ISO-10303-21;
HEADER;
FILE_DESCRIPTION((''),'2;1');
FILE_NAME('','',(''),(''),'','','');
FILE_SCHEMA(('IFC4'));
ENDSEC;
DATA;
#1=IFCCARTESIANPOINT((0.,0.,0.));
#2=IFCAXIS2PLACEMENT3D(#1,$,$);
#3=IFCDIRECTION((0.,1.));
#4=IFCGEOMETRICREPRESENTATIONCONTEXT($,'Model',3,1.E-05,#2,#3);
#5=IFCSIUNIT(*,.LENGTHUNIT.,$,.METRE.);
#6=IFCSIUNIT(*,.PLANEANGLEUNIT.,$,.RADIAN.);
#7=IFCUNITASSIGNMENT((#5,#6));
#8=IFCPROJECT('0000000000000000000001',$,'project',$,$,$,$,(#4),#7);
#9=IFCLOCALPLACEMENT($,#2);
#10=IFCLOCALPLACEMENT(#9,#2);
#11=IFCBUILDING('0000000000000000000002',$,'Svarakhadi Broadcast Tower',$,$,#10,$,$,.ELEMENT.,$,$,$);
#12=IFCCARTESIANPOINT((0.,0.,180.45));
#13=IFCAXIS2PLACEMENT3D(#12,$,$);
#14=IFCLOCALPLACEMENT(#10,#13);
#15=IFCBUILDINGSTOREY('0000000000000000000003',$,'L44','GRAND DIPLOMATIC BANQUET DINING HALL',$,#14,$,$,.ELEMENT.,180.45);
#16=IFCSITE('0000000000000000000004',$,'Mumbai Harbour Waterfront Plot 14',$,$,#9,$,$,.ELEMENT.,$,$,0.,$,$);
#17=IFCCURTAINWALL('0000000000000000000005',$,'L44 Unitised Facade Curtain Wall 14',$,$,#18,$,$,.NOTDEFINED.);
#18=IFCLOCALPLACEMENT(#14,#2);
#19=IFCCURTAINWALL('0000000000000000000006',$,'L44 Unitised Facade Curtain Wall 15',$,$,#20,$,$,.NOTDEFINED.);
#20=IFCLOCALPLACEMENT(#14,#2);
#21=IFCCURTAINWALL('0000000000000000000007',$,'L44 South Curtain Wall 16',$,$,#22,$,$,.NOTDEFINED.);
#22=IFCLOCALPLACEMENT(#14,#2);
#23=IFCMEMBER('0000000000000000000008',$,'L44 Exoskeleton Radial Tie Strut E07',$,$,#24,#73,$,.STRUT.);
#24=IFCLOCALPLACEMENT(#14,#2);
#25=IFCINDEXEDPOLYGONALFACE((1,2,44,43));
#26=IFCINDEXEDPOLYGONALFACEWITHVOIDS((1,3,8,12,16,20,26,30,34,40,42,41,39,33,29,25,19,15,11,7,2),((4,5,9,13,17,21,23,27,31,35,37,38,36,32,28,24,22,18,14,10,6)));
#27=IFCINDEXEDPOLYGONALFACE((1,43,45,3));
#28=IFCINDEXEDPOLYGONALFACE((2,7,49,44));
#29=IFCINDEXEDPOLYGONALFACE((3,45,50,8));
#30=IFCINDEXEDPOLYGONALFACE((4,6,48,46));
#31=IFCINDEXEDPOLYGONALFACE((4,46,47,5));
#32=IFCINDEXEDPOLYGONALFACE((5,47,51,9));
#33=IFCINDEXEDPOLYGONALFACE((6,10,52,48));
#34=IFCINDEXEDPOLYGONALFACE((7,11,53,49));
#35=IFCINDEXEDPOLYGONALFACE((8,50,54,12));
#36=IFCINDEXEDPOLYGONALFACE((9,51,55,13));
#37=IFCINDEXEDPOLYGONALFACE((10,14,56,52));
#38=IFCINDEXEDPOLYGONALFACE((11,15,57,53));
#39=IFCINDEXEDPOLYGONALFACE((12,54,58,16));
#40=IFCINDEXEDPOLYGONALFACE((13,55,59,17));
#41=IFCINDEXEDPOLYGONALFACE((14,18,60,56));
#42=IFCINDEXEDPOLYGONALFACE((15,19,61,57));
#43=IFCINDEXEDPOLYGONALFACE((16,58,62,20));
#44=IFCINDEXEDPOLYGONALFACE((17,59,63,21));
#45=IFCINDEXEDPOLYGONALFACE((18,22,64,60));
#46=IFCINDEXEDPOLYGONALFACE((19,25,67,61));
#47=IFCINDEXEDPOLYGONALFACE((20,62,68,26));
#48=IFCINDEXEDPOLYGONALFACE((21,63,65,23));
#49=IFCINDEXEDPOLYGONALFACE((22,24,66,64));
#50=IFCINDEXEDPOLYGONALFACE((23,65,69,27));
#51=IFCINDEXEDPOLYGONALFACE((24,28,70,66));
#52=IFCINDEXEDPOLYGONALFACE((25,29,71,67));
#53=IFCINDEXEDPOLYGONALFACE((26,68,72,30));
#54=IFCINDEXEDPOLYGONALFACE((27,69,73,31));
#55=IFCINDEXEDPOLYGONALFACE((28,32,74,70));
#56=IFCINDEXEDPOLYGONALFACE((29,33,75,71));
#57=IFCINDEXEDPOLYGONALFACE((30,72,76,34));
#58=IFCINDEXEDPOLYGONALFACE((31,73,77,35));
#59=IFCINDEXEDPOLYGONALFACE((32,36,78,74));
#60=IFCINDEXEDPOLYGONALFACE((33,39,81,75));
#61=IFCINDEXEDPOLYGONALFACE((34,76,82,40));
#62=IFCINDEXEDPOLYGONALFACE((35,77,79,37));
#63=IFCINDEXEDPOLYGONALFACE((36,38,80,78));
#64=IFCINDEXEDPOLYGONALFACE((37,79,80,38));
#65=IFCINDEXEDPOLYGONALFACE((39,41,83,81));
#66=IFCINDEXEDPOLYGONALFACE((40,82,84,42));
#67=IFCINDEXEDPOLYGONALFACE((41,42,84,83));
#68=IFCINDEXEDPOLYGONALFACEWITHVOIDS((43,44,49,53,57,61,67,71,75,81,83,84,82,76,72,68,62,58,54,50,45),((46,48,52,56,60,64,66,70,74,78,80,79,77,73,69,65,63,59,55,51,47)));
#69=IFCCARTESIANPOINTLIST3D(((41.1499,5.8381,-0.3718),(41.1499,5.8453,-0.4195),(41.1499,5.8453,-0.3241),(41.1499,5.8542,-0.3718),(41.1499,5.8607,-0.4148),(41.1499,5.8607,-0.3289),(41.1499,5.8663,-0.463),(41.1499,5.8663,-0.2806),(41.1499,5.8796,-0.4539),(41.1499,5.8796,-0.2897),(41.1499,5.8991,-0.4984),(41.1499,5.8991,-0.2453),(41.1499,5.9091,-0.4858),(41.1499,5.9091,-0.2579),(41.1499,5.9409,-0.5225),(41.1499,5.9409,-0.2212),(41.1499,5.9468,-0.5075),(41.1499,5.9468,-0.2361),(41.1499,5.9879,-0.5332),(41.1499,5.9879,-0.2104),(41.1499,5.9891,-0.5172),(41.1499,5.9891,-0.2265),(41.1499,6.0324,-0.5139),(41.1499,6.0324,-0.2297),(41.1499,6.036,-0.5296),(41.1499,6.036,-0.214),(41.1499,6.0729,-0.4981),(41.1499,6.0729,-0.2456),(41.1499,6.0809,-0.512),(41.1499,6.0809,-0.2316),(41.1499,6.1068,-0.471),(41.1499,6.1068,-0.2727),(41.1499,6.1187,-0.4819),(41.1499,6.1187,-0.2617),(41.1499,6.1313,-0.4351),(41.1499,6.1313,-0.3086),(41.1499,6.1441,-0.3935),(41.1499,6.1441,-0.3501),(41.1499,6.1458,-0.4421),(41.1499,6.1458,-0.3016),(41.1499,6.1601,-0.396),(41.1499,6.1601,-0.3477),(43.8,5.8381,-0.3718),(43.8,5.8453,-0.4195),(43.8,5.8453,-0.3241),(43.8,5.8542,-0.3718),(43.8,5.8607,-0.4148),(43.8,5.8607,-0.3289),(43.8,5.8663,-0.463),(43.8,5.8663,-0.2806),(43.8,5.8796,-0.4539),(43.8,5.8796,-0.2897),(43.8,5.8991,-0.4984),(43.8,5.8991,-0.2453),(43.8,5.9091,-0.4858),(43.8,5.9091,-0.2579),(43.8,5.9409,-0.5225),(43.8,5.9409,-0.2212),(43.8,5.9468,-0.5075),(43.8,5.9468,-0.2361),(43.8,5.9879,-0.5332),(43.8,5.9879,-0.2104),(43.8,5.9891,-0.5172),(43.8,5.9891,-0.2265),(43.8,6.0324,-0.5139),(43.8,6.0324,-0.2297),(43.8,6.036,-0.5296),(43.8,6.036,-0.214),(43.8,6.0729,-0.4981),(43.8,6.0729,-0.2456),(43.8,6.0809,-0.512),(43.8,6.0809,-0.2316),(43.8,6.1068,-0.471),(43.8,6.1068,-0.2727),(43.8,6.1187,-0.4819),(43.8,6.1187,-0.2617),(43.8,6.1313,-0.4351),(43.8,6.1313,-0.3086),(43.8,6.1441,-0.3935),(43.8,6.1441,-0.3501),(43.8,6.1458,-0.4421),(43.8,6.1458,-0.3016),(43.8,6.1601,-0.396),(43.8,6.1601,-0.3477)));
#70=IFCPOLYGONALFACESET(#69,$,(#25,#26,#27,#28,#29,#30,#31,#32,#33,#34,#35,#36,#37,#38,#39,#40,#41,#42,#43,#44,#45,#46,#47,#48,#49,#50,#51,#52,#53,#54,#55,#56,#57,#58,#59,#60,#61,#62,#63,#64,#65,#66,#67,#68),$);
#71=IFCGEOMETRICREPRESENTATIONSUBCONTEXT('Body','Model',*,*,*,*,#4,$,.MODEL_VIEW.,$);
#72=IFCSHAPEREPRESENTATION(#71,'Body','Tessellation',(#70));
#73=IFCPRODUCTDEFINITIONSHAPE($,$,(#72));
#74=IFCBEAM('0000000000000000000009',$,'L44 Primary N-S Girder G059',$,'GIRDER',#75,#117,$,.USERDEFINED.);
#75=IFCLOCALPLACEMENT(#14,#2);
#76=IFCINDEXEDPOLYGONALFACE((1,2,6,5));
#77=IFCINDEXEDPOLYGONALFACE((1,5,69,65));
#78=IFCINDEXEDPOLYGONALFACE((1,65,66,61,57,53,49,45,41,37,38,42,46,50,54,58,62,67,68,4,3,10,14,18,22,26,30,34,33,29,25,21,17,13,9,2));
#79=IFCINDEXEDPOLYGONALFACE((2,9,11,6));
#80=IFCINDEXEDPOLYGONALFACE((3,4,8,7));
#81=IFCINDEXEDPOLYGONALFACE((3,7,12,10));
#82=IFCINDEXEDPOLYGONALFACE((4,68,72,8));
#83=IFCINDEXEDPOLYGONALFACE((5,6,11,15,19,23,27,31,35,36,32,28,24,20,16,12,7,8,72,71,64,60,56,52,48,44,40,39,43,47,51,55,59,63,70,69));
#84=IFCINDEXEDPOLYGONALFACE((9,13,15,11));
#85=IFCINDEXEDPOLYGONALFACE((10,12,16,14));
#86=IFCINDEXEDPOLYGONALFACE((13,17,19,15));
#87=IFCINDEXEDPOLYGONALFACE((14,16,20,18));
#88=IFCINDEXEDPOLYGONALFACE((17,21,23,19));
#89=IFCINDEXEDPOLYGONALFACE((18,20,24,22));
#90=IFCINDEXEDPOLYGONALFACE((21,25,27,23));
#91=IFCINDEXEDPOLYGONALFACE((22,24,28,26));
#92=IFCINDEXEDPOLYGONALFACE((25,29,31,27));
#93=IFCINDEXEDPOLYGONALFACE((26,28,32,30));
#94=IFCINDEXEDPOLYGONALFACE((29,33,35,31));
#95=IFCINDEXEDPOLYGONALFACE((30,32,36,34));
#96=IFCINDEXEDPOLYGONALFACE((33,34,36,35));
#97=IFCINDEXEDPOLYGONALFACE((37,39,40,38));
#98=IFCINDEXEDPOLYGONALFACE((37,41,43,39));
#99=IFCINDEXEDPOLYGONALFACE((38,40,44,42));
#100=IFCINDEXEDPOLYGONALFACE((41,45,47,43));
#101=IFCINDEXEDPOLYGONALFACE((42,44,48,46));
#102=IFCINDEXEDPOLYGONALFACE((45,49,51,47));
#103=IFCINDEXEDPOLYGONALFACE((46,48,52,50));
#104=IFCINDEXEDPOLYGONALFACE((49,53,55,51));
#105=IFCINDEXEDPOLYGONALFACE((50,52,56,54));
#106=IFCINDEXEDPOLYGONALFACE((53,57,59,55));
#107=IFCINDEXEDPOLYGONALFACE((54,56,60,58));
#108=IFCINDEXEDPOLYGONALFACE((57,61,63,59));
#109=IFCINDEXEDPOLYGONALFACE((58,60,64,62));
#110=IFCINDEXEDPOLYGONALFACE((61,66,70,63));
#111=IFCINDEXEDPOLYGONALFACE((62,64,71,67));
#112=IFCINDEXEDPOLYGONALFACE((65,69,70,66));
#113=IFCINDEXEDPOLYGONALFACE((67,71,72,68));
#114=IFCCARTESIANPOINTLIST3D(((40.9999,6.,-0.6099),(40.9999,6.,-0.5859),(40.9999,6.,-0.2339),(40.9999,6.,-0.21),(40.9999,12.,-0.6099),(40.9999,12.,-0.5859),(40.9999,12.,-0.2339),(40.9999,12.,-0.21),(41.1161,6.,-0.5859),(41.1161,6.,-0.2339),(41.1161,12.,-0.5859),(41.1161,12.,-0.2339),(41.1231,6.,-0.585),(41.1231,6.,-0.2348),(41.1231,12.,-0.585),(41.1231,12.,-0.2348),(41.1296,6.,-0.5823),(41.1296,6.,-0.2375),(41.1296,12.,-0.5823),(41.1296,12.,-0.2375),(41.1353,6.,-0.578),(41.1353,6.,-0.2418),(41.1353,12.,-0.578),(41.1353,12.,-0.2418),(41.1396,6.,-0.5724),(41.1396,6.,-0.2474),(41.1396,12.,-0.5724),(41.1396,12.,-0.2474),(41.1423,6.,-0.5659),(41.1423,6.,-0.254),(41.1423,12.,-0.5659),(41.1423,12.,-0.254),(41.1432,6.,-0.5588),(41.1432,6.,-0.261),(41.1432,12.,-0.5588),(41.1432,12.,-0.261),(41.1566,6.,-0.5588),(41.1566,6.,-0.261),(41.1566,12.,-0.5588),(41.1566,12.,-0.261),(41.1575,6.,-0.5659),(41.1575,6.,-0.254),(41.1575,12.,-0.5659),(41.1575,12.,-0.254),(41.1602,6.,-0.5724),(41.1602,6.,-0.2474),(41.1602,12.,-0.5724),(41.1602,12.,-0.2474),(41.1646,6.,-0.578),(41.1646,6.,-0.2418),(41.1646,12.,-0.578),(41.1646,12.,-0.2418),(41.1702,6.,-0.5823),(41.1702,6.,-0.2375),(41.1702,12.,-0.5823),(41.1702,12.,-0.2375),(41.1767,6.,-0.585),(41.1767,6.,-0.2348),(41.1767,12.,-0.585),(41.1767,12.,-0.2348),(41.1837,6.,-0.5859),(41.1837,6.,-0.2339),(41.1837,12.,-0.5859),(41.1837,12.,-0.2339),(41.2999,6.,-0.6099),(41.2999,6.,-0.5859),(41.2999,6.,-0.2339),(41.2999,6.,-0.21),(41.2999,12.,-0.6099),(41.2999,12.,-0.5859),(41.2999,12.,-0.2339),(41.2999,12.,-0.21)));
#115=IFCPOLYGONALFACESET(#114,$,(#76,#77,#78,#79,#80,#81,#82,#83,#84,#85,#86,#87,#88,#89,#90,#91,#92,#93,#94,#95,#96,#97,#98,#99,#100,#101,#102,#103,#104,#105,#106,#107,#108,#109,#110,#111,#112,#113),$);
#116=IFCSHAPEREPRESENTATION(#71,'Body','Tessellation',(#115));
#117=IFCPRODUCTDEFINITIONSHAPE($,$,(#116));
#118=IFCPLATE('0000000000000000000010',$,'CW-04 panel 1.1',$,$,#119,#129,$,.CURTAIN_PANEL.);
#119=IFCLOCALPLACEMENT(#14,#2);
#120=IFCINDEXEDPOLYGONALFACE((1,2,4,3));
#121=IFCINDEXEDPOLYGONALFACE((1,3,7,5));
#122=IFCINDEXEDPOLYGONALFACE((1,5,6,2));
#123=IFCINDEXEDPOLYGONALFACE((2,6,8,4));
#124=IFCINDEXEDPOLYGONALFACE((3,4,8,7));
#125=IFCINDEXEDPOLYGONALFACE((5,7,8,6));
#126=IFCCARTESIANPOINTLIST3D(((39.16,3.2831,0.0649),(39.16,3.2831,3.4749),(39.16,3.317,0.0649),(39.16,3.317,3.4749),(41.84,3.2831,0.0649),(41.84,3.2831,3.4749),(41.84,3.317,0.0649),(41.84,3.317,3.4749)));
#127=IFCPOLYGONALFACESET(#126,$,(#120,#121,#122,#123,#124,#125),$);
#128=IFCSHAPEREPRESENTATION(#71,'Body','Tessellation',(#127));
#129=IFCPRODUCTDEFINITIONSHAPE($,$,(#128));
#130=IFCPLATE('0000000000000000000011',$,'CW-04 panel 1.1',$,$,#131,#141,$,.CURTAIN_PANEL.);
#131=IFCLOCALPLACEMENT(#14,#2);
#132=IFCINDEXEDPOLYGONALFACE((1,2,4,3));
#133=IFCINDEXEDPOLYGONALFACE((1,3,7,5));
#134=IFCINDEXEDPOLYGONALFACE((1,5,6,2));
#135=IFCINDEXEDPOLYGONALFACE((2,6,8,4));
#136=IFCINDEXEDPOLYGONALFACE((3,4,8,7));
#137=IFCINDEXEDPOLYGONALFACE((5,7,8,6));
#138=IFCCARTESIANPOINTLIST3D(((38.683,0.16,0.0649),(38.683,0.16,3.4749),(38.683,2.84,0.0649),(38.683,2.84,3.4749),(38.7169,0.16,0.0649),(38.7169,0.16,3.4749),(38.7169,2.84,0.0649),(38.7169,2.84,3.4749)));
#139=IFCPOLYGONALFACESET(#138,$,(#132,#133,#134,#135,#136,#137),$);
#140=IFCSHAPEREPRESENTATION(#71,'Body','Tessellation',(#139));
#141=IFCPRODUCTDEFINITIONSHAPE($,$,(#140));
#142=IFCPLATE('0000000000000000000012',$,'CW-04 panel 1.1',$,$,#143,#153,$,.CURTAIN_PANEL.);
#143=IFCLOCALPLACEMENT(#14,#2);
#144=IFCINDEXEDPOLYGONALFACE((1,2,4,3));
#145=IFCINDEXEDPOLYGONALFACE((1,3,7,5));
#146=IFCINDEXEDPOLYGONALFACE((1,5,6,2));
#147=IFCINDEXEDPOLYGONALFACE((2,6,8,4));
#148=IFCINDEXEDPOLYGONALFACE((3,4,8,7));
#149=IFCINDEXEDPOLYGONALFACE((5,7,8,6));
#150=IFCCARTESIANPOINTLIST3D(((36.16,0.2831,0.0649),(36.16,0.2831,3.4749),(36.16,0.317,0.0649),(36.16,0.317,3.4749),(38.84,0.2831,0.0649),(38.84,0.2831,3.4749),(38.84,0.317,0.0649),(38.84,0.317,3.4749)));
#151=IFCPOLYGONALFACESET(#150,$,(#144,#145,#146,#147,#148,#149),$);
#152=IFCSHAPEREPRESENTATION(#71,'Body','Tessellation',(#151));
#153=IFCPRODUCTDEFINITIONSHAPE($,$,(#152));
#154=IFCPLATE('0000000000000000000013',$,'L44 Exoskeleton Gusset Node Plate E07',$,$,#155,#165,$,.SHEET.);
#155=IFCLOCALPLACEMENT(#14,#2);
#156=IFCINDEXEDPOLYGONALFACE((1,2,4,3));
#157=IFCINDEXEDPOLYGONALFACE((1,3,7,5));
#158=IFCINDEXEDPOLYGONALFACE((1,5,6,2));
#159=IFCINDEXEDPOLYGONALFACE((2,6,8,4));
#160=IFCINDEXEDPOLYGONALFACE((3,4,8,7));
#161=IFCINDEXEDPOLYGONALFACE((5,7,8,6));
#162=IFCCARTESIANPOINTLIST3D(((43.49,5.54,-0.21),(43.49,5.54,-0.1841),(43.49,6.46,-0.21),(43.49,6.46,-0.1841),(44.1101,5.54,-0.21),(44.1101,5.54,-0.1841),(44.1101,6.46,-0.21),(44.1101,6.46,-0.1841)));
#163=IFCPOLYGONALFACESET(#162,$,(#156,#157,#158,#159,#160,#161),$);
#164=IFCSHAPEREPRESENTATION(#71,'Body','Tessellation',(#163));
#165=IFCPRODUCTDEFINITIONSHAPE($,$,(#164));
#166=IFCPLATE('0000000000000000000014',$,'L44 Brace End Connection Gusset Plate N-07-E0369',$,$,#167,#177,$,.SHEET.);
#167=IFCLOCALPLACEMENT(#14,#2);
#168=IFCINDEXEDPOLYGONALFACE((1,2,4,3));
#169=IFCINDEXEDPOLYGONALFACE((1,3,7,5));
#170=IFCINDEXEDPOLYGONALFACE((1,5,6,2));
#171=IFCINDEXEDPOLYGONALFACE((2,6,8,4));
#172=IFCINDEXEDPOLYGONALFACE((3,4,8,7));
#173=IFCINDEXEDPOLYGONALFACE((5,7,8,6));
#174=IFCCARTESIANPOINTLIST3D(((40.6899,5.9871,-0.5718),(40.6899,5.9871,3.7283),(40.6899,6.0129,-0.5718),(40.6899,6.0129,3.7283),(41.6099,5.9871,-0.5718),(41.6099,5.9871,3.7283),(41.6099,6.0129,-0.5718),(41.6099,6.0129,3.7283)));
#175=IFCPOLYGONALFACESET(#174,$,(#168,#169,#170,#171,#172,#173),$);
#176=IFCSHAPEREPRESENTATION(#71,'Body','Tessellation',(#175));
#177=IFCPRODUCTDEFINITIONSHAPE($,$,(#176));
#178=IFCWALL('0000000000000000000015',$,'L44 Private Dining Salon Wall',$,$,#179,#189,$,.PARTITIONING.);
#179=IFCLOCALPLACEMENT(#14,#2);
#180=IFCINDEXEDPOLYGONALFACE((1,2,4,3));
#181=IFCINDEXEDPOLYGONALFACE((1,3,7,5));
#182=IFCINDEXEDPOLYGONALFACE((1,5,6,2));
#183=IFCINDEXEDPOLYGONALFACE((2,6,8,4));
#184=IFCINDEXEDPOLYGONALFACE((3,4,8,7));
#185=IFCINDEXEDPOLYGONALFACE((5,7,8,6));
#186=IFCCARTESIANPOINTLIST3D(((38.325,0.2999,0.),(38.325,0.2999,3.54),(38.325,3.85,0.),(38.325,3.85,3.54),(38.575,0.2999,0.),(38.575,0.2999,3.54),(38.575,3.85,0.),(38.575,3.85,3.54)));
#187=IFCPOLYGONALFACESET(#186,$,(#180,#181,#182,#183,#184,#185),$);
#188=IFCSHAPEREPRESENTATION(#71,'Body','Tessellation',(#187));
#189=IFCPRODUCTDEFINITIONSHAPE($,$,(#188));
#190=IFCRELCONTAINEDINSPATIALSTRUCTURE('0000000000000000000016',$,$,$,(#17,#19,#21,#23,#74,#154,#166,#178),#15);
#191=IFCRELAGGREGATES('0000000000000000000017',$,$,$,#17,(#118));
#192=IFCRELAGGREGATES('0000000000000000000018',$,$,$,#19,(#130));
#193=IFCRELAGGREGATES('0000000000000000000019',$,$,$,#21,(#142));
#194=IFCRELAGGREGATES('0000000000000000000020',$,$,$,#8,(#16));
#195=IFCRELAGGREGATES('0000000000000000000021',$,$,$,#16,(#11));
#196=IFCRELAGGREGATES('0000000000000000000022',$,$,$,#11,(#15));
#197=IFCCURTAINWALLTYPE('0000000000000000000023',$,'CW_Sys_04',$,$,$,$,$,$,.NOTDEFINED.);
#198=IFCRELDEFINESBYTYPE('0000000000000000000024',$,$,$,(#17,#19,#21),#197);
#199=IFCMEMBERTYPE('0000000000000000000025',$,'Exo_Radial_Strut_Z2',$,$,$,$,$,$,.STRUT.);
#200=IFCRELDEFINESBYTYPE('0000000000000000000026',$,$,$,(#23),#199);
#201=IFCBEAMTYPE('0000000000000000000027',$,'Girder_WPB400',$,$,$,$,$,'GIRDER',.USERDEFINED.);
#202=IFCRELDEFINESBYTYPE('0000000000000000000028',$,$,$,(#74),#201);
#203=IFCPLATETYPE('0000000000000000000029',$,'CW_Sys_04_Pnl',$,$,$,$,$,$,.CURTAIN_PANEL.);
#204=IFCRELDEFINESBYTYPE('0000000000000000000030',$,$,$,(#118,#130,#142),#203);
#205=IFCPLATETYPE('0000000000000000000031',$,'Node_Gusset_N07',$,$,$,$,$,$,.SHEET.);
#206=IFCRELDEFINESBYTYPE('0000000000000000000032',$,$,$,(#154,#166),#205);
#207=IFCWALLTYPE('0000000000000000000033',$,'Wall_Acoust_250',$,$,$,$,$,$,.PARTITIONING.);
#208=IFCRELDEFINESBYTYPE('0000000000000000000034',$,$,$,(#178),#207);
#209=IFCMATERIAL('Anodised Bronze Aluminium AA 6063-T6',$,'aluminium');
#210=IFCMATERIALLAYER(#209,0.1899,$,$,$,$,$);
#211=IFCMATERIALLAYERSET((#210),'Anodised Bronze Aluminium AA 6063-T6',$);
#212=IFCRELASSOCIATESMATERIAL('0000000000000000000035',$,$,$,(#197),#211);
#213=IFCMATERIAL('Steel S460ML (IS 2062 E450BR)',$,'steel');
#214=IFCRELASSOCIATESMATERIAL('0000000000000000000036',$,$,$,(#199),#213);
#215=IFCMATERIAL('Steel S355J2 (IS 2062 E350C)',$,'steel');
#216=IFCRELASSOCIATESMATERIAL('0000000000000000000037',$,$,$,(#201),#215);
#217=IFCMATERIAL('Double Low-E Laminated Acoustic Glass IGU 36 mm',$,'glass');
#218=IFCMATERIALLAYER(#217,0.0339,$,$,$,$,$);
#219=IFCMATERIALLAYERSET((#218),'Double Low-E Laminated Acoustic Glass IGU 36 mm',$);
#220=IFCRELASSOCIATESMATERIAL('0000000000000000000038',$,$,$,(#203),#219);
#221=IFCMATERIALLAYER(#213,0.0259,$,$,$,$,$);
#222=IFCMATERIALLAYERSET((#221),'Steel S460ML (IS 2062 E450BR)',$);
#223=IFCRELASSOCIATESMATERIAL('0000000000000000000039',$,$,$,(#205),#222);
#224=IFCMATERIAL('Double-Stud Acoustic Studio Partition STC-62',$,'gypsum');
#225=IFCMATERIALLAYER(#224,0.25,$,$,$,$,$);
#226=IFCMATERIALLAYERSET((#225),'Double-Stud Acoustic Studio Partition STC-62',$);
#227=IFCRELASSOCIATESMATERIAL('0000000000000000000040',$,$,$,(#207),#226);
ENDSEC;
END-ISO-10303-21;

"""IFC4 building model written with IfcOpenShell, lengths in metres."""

from ifc_helpers import new_model, si_unit, direction, frame, frame_2d, origin, origin_2d, place, context, subcontext, project, spatial, rectangle, hollow_circle, i_section, extrude, material, layer, layer_set, material_profile, profile_set, type_object, element, aggregate, save


model = new_model("IFC4")

# Units and contexts
model_context = context("Model", 3, precision=1e-05, world=origin(), true_north=direction((0.0, 1.0)))
body_context = subcontext(model_context, "Body", "Model", "MODEL_VIEW")
ifc_project = project(units=[si_unit("LENGTHUNIT", "METRE"), si_unit("PLANEANGLEUNIT", "RADIAN")], contexts=[model_context])

# Site, building, storey
site_placement = place(None, origin())
site = spatial("IfcSite", under=ifc_project, at=site_placement, Name="Mumbai Harbour Waterfront Plot 14", CompositionType="ELEMENT", RefElevation=0.0)
building_placement = place(site_placement, origin())
building = spatial("IfcBuilding", under=site, at=building_placement, Name="Svarakhadi Broadcast Tower", CompositionType="ELEMENT")
storey_placement = place(building_placement, frame((0.0, 0.0, 180.45)))
storey = spatial("IfcBuildingStorey", under=building, at=storey_placement, Name="L44", Description="GRAND DIPLOMATIC BANQUET DINING HALL", CompositionType="ELEMENT", Elevation=180.45)

# Shared definitions
ifc_material_1 = material(Name="Steel S460ML (IS 2062 E450BR)", Category="steel")

# Shared definitions
ifc_material_2 = material(Name="Anodised Bronze Aluminium AA 6063-T6", Category="aluminium")
ifc_layer_1 = layer(ifc_material_2, 0.1899)
ifc_layer_set_1 = layer_set([ifc_layer_1], Name="Anodised Bronze Aluminium AA 6063-T6")
curtain_wall_type = type_object("IfcCurtainWallType", Name="CW_Sys_04", PredefinedType="NOTDEFINED", material=ifc_layer_set_1)

# Curtain walls
curtain_wall_1_placement = place(storey_placement, origin())
curtain_wall_1 = element("IfcCurtainWall", 1, at=curtain_wall_1_placement, inside=storey, type_object=curtain_wall_type, Name="L44 Unitised Facade Curtain Wall 14", PredefinedType="NOTDEFINED")
curtain_wall_2_placement = place(storey_placement, origin())
curtain_wall_2 = element("IfcCurtainWall", 2, at=curtain_wall_2_placement, inside=storey, type_object=curtain_wall_type, Name="L44 Unitised Facade Curtain Wall 15", PredefinedType="NOTDEFINED")

# Curtain wall
curtain_wall_3_placement = place(storey_placement, origin())
curtain_wall_3 = element("IfcCurtainWall", 3, at=curtain_wall_3_placement, inside=storey, type_object=curtain_wall_type, Name="L44 South Curtain Wall 16", PredefinedType="NOTDEFINED")

# Member
ifc_material_profile_1 = material_profile(ifc_material_1, hollow_circle(Radius=0.1619, WallThickness=0.0161, at=origin_2d()), Name="CHS 323.9x16")
ifc_profile_set_1 = profile_set([ifc_material_profile_1], Name="Steel S460ML (IS 2062 E450BR)")
member_type_1 = type_object("IfcMemberType", Name="Exo_Radial_Strut_Z2", PredefinedType="STRUT", material=ifc_profile_set_1)
member_1_placement = place(storey_placement, frame((43.8, 6.0, -0.3718), z_axis=(-1.0, 0.0, 0.0), x_axis=(0.0, -1.0, 0.0)))
element("IfcMember", 4, at=member_1_placement, inside=storey, type_object=member_type_1, Name="L44 Exoskeleton Radial Tie Strut E07", PredefinedType="STRUT", context=body_context, shape_type="SweptSolid", body=[
    extrude(hollow_circle(Radius=0.1619, WallThickness=0.0161, at=origin_2d()), origin(), (0.0, 0.0, 1.0), 2.6501),
])

# Beam
ifc_material_3 = material(Name="Steel S355J2 (IS 2062 E350C)", Category="steel")
ifc_material_profile_2 = material_profile(ifc_material_3, i_section(OverallWidth=0.3, OverallDepth=0.3999, WebThickness=0.0134, FlangeThickness=0.0239, FilletRadius=0.0271, at=origin_2d()), Name="WPB 400x300x155")
ifc_profile_set_2 = profile_set([ifc_material_profile_2], Name="Steel S355J2 (IS 2062 E350C)")
beam_type = type_object("IfcBeamType", Name="Girder_WPB400", ElementType="GIRDER", PredefinedType="USERDEFINED", material=ifc_profile_set_2)
beam_placement = place(storey_placement, frame((41.1499, 6.0, -0.4099), z_axis=(0.0, 1.0, 0.0), x_axis=(-1.0, 0.0, 0.0)))
element("IfcBeam", 5, at=beam_placement, inside=storey, type_object=beam_type, Name="L44 Primary N-S Girder G059", ObjectType="GIRDER", PredefinedType="USERDEFINED", context=body_context, shape_type="SweptSolid", body=[
    extrude(i_section(OverallWidth=0.3, OverallDepth=0.3999, WebThickness=0.0134, FlangeThickness=0.0239, FilletRadius=0.0271, at=origin_2d()), origin(), (0.0, 0.0, 1.0), 6.0),
])

# Plates
ifc_material_4 = material(Name="Double Low-E Laminated Acoustic Glass IGU 36 mm", Category="glass")
ifc_layer_2 = layer(ifc_material_4, 0.0339)
ifc_layer_set_2 = layer_set([ifc_layer_2], Name="Double Low-E Laminated Acoustic Glass IGU 36 mm")
plate_type_1 = type_object("IfcPlateType", Name="CW_Sys_04_Pnl", PredefinedType="CURTAIN_PANEL", material=ifc_layer_set_2)
plate_1_placement = place(storey_placement, frame((40.5, 3.3, 0.0649), z_axis=(0.0, 0.0, 1.0), x_axis=(-1.0, 0.0, 0.0)))
plate_1 = element("IfcPlate", 6, at=plate_1_placement, type_object=plate_type_1, Name="CW-04 panel 1.1", PredefinedType="CURTAIN_PANEL", context=body_context, shape_type="SweptSolid", body=[
    extrude(rectangle(XDim=2.6799, YDim=0.0339, at=origin_2d()), origin(), (0.0, 0.0, 1.0), 3.4099),
])
aggregate(curtain_wall_1, [plate_1])
plate_2_placement = place(storey_placement, frame((38.7, 1.5, 0.0649), z_axis=(0.0, 0.0, 1.0), x_axis=(0.0, -1.0, 0.0)))
plate_2 = element("IfcPlate", 7, at=plate_2_placement, type_object=plate_type_1, Name="CW-04 panel 1.1", PredefinedType="CURTAIN_PANEL", context=body_context, shape_type="SweptSolid", body=[
    extrude(rectangle(XDim=2.6799, YDim=0.0339, at=origin_2d()), origin(), (0.0, 0.0, 1.0), 3.4099),
])
aggregate(curtain_wall_2, [plate_2])
plate_3_placement = place(storey_placement, frame((37.5, 0.3, 0.0649), z_axis=(0.0, 0.0, 1.0), x_axis=(-1.0, 0.0, 0.0)))
plate_3 = element("IfcPlate", 8, at=plate_3_placement, type_object=plate_type_1, Name="CW-04 panel 1.1", PredefinedType="CURTAIN_PANEL", context=body_context, shape_type="SweptSolid", body=[
    extrude(rectangle(XDim=2.6799, YDim=0.0339, at=origin_2d()), origin(), (0.0, 0.0, 1.0), 3.4099),
])
aggregate(curtain_wall_3, [plate_3])

# Plates
ifc_layer_3 = layer(ifc_material_1, 0.0259)
ifc_layer_set_3 = layer_set([ifc_layer_3], Name="Steel S460ML (IS 2062 E450BR)")
plate_type_2 = type_object("IfcPlateType", Name="Node_Gusset_N07", PredefinedType="SHEET", material=ifc_layer_set_3)
plate_4_placement = place(storey_placement, frame((43.8, 6.0, -0.21), z_axis=(0.0, 0.0, 1.0), x_axis=(0.0, 1.0, 0.0)))
element("IfcPlate", 9, at=plate_4_placement, inside=storey, type_object=plate_type_2, Name="L44 Exoskeleton Gusset Node Plate E07", PredefinedType="SHEET", context=body_context, shape_type="SweptSolid", body=[
    extrude(rectangle(XDim=0.9199, YDim=0.6201, at=origin_2d()), origin(), (0.0, 0.0, 1.0), 0.0259),
])
plate_5_placement = place(storey_placement, frame((41.1499, 6.0, -0.5718), z_axis=(0.0, 0.0, 1.0), x_axis=(1.0, 0.0, 0.0)))
element("IfcPlate", 10, at=plate_5_placement, inside=storey, type_object=plate_type_2, Name="L44 Brace End Connection Gusset Plate N-07-E0369", PredefinedType="SHEET", context=body_context, shape_type="SweptSolid", body=[
    extrude(rectangle(XDim=0.9199, YDim=0.0259, at=origin_2d()), origin(), (0.0, 0.0, 1.0), 4.3),
])

# Wall
ifc_material_5 = material(Name="Double-Stud Acoustic Studio Partition STC-62", Category="gypsum")
ifc_layer_4 = layer(ifc_material_5, 0.25)
ifc_layer_set_4 = layer_set([ifc_layer_4], Name="Double-Stud Acoustic Studio Partition STC-62")
wall_type_1 = type_object("IfcWallType", Name="Wall_Acoust_250", PredefinedType="PARTITIONING", material=ifc_layer_set_4)
wall_1_placement = place(storey_placement, frame((38.45, 0.3, 0.0), z_axis=(0.0, 0.0, 1.0), x_axis=(0.0, 1.0, 0.0)))
element("IfcWall", 11, at=wall_1_placement, inside=storey, type_object=wall_type_1, Name="L44 Private Dining Salon Wall", PredefinedType="PARTITIONING", context=body_context, shape_type="SweptSolid", body=[
    extrude(rectangle(XDim=3.55, YDim=0.25, at=frame_2d((1.7749, 0.0))), origin(), (0.0, 0.0, 1.0), 3.54),
])

save(model, "model.ifc")
